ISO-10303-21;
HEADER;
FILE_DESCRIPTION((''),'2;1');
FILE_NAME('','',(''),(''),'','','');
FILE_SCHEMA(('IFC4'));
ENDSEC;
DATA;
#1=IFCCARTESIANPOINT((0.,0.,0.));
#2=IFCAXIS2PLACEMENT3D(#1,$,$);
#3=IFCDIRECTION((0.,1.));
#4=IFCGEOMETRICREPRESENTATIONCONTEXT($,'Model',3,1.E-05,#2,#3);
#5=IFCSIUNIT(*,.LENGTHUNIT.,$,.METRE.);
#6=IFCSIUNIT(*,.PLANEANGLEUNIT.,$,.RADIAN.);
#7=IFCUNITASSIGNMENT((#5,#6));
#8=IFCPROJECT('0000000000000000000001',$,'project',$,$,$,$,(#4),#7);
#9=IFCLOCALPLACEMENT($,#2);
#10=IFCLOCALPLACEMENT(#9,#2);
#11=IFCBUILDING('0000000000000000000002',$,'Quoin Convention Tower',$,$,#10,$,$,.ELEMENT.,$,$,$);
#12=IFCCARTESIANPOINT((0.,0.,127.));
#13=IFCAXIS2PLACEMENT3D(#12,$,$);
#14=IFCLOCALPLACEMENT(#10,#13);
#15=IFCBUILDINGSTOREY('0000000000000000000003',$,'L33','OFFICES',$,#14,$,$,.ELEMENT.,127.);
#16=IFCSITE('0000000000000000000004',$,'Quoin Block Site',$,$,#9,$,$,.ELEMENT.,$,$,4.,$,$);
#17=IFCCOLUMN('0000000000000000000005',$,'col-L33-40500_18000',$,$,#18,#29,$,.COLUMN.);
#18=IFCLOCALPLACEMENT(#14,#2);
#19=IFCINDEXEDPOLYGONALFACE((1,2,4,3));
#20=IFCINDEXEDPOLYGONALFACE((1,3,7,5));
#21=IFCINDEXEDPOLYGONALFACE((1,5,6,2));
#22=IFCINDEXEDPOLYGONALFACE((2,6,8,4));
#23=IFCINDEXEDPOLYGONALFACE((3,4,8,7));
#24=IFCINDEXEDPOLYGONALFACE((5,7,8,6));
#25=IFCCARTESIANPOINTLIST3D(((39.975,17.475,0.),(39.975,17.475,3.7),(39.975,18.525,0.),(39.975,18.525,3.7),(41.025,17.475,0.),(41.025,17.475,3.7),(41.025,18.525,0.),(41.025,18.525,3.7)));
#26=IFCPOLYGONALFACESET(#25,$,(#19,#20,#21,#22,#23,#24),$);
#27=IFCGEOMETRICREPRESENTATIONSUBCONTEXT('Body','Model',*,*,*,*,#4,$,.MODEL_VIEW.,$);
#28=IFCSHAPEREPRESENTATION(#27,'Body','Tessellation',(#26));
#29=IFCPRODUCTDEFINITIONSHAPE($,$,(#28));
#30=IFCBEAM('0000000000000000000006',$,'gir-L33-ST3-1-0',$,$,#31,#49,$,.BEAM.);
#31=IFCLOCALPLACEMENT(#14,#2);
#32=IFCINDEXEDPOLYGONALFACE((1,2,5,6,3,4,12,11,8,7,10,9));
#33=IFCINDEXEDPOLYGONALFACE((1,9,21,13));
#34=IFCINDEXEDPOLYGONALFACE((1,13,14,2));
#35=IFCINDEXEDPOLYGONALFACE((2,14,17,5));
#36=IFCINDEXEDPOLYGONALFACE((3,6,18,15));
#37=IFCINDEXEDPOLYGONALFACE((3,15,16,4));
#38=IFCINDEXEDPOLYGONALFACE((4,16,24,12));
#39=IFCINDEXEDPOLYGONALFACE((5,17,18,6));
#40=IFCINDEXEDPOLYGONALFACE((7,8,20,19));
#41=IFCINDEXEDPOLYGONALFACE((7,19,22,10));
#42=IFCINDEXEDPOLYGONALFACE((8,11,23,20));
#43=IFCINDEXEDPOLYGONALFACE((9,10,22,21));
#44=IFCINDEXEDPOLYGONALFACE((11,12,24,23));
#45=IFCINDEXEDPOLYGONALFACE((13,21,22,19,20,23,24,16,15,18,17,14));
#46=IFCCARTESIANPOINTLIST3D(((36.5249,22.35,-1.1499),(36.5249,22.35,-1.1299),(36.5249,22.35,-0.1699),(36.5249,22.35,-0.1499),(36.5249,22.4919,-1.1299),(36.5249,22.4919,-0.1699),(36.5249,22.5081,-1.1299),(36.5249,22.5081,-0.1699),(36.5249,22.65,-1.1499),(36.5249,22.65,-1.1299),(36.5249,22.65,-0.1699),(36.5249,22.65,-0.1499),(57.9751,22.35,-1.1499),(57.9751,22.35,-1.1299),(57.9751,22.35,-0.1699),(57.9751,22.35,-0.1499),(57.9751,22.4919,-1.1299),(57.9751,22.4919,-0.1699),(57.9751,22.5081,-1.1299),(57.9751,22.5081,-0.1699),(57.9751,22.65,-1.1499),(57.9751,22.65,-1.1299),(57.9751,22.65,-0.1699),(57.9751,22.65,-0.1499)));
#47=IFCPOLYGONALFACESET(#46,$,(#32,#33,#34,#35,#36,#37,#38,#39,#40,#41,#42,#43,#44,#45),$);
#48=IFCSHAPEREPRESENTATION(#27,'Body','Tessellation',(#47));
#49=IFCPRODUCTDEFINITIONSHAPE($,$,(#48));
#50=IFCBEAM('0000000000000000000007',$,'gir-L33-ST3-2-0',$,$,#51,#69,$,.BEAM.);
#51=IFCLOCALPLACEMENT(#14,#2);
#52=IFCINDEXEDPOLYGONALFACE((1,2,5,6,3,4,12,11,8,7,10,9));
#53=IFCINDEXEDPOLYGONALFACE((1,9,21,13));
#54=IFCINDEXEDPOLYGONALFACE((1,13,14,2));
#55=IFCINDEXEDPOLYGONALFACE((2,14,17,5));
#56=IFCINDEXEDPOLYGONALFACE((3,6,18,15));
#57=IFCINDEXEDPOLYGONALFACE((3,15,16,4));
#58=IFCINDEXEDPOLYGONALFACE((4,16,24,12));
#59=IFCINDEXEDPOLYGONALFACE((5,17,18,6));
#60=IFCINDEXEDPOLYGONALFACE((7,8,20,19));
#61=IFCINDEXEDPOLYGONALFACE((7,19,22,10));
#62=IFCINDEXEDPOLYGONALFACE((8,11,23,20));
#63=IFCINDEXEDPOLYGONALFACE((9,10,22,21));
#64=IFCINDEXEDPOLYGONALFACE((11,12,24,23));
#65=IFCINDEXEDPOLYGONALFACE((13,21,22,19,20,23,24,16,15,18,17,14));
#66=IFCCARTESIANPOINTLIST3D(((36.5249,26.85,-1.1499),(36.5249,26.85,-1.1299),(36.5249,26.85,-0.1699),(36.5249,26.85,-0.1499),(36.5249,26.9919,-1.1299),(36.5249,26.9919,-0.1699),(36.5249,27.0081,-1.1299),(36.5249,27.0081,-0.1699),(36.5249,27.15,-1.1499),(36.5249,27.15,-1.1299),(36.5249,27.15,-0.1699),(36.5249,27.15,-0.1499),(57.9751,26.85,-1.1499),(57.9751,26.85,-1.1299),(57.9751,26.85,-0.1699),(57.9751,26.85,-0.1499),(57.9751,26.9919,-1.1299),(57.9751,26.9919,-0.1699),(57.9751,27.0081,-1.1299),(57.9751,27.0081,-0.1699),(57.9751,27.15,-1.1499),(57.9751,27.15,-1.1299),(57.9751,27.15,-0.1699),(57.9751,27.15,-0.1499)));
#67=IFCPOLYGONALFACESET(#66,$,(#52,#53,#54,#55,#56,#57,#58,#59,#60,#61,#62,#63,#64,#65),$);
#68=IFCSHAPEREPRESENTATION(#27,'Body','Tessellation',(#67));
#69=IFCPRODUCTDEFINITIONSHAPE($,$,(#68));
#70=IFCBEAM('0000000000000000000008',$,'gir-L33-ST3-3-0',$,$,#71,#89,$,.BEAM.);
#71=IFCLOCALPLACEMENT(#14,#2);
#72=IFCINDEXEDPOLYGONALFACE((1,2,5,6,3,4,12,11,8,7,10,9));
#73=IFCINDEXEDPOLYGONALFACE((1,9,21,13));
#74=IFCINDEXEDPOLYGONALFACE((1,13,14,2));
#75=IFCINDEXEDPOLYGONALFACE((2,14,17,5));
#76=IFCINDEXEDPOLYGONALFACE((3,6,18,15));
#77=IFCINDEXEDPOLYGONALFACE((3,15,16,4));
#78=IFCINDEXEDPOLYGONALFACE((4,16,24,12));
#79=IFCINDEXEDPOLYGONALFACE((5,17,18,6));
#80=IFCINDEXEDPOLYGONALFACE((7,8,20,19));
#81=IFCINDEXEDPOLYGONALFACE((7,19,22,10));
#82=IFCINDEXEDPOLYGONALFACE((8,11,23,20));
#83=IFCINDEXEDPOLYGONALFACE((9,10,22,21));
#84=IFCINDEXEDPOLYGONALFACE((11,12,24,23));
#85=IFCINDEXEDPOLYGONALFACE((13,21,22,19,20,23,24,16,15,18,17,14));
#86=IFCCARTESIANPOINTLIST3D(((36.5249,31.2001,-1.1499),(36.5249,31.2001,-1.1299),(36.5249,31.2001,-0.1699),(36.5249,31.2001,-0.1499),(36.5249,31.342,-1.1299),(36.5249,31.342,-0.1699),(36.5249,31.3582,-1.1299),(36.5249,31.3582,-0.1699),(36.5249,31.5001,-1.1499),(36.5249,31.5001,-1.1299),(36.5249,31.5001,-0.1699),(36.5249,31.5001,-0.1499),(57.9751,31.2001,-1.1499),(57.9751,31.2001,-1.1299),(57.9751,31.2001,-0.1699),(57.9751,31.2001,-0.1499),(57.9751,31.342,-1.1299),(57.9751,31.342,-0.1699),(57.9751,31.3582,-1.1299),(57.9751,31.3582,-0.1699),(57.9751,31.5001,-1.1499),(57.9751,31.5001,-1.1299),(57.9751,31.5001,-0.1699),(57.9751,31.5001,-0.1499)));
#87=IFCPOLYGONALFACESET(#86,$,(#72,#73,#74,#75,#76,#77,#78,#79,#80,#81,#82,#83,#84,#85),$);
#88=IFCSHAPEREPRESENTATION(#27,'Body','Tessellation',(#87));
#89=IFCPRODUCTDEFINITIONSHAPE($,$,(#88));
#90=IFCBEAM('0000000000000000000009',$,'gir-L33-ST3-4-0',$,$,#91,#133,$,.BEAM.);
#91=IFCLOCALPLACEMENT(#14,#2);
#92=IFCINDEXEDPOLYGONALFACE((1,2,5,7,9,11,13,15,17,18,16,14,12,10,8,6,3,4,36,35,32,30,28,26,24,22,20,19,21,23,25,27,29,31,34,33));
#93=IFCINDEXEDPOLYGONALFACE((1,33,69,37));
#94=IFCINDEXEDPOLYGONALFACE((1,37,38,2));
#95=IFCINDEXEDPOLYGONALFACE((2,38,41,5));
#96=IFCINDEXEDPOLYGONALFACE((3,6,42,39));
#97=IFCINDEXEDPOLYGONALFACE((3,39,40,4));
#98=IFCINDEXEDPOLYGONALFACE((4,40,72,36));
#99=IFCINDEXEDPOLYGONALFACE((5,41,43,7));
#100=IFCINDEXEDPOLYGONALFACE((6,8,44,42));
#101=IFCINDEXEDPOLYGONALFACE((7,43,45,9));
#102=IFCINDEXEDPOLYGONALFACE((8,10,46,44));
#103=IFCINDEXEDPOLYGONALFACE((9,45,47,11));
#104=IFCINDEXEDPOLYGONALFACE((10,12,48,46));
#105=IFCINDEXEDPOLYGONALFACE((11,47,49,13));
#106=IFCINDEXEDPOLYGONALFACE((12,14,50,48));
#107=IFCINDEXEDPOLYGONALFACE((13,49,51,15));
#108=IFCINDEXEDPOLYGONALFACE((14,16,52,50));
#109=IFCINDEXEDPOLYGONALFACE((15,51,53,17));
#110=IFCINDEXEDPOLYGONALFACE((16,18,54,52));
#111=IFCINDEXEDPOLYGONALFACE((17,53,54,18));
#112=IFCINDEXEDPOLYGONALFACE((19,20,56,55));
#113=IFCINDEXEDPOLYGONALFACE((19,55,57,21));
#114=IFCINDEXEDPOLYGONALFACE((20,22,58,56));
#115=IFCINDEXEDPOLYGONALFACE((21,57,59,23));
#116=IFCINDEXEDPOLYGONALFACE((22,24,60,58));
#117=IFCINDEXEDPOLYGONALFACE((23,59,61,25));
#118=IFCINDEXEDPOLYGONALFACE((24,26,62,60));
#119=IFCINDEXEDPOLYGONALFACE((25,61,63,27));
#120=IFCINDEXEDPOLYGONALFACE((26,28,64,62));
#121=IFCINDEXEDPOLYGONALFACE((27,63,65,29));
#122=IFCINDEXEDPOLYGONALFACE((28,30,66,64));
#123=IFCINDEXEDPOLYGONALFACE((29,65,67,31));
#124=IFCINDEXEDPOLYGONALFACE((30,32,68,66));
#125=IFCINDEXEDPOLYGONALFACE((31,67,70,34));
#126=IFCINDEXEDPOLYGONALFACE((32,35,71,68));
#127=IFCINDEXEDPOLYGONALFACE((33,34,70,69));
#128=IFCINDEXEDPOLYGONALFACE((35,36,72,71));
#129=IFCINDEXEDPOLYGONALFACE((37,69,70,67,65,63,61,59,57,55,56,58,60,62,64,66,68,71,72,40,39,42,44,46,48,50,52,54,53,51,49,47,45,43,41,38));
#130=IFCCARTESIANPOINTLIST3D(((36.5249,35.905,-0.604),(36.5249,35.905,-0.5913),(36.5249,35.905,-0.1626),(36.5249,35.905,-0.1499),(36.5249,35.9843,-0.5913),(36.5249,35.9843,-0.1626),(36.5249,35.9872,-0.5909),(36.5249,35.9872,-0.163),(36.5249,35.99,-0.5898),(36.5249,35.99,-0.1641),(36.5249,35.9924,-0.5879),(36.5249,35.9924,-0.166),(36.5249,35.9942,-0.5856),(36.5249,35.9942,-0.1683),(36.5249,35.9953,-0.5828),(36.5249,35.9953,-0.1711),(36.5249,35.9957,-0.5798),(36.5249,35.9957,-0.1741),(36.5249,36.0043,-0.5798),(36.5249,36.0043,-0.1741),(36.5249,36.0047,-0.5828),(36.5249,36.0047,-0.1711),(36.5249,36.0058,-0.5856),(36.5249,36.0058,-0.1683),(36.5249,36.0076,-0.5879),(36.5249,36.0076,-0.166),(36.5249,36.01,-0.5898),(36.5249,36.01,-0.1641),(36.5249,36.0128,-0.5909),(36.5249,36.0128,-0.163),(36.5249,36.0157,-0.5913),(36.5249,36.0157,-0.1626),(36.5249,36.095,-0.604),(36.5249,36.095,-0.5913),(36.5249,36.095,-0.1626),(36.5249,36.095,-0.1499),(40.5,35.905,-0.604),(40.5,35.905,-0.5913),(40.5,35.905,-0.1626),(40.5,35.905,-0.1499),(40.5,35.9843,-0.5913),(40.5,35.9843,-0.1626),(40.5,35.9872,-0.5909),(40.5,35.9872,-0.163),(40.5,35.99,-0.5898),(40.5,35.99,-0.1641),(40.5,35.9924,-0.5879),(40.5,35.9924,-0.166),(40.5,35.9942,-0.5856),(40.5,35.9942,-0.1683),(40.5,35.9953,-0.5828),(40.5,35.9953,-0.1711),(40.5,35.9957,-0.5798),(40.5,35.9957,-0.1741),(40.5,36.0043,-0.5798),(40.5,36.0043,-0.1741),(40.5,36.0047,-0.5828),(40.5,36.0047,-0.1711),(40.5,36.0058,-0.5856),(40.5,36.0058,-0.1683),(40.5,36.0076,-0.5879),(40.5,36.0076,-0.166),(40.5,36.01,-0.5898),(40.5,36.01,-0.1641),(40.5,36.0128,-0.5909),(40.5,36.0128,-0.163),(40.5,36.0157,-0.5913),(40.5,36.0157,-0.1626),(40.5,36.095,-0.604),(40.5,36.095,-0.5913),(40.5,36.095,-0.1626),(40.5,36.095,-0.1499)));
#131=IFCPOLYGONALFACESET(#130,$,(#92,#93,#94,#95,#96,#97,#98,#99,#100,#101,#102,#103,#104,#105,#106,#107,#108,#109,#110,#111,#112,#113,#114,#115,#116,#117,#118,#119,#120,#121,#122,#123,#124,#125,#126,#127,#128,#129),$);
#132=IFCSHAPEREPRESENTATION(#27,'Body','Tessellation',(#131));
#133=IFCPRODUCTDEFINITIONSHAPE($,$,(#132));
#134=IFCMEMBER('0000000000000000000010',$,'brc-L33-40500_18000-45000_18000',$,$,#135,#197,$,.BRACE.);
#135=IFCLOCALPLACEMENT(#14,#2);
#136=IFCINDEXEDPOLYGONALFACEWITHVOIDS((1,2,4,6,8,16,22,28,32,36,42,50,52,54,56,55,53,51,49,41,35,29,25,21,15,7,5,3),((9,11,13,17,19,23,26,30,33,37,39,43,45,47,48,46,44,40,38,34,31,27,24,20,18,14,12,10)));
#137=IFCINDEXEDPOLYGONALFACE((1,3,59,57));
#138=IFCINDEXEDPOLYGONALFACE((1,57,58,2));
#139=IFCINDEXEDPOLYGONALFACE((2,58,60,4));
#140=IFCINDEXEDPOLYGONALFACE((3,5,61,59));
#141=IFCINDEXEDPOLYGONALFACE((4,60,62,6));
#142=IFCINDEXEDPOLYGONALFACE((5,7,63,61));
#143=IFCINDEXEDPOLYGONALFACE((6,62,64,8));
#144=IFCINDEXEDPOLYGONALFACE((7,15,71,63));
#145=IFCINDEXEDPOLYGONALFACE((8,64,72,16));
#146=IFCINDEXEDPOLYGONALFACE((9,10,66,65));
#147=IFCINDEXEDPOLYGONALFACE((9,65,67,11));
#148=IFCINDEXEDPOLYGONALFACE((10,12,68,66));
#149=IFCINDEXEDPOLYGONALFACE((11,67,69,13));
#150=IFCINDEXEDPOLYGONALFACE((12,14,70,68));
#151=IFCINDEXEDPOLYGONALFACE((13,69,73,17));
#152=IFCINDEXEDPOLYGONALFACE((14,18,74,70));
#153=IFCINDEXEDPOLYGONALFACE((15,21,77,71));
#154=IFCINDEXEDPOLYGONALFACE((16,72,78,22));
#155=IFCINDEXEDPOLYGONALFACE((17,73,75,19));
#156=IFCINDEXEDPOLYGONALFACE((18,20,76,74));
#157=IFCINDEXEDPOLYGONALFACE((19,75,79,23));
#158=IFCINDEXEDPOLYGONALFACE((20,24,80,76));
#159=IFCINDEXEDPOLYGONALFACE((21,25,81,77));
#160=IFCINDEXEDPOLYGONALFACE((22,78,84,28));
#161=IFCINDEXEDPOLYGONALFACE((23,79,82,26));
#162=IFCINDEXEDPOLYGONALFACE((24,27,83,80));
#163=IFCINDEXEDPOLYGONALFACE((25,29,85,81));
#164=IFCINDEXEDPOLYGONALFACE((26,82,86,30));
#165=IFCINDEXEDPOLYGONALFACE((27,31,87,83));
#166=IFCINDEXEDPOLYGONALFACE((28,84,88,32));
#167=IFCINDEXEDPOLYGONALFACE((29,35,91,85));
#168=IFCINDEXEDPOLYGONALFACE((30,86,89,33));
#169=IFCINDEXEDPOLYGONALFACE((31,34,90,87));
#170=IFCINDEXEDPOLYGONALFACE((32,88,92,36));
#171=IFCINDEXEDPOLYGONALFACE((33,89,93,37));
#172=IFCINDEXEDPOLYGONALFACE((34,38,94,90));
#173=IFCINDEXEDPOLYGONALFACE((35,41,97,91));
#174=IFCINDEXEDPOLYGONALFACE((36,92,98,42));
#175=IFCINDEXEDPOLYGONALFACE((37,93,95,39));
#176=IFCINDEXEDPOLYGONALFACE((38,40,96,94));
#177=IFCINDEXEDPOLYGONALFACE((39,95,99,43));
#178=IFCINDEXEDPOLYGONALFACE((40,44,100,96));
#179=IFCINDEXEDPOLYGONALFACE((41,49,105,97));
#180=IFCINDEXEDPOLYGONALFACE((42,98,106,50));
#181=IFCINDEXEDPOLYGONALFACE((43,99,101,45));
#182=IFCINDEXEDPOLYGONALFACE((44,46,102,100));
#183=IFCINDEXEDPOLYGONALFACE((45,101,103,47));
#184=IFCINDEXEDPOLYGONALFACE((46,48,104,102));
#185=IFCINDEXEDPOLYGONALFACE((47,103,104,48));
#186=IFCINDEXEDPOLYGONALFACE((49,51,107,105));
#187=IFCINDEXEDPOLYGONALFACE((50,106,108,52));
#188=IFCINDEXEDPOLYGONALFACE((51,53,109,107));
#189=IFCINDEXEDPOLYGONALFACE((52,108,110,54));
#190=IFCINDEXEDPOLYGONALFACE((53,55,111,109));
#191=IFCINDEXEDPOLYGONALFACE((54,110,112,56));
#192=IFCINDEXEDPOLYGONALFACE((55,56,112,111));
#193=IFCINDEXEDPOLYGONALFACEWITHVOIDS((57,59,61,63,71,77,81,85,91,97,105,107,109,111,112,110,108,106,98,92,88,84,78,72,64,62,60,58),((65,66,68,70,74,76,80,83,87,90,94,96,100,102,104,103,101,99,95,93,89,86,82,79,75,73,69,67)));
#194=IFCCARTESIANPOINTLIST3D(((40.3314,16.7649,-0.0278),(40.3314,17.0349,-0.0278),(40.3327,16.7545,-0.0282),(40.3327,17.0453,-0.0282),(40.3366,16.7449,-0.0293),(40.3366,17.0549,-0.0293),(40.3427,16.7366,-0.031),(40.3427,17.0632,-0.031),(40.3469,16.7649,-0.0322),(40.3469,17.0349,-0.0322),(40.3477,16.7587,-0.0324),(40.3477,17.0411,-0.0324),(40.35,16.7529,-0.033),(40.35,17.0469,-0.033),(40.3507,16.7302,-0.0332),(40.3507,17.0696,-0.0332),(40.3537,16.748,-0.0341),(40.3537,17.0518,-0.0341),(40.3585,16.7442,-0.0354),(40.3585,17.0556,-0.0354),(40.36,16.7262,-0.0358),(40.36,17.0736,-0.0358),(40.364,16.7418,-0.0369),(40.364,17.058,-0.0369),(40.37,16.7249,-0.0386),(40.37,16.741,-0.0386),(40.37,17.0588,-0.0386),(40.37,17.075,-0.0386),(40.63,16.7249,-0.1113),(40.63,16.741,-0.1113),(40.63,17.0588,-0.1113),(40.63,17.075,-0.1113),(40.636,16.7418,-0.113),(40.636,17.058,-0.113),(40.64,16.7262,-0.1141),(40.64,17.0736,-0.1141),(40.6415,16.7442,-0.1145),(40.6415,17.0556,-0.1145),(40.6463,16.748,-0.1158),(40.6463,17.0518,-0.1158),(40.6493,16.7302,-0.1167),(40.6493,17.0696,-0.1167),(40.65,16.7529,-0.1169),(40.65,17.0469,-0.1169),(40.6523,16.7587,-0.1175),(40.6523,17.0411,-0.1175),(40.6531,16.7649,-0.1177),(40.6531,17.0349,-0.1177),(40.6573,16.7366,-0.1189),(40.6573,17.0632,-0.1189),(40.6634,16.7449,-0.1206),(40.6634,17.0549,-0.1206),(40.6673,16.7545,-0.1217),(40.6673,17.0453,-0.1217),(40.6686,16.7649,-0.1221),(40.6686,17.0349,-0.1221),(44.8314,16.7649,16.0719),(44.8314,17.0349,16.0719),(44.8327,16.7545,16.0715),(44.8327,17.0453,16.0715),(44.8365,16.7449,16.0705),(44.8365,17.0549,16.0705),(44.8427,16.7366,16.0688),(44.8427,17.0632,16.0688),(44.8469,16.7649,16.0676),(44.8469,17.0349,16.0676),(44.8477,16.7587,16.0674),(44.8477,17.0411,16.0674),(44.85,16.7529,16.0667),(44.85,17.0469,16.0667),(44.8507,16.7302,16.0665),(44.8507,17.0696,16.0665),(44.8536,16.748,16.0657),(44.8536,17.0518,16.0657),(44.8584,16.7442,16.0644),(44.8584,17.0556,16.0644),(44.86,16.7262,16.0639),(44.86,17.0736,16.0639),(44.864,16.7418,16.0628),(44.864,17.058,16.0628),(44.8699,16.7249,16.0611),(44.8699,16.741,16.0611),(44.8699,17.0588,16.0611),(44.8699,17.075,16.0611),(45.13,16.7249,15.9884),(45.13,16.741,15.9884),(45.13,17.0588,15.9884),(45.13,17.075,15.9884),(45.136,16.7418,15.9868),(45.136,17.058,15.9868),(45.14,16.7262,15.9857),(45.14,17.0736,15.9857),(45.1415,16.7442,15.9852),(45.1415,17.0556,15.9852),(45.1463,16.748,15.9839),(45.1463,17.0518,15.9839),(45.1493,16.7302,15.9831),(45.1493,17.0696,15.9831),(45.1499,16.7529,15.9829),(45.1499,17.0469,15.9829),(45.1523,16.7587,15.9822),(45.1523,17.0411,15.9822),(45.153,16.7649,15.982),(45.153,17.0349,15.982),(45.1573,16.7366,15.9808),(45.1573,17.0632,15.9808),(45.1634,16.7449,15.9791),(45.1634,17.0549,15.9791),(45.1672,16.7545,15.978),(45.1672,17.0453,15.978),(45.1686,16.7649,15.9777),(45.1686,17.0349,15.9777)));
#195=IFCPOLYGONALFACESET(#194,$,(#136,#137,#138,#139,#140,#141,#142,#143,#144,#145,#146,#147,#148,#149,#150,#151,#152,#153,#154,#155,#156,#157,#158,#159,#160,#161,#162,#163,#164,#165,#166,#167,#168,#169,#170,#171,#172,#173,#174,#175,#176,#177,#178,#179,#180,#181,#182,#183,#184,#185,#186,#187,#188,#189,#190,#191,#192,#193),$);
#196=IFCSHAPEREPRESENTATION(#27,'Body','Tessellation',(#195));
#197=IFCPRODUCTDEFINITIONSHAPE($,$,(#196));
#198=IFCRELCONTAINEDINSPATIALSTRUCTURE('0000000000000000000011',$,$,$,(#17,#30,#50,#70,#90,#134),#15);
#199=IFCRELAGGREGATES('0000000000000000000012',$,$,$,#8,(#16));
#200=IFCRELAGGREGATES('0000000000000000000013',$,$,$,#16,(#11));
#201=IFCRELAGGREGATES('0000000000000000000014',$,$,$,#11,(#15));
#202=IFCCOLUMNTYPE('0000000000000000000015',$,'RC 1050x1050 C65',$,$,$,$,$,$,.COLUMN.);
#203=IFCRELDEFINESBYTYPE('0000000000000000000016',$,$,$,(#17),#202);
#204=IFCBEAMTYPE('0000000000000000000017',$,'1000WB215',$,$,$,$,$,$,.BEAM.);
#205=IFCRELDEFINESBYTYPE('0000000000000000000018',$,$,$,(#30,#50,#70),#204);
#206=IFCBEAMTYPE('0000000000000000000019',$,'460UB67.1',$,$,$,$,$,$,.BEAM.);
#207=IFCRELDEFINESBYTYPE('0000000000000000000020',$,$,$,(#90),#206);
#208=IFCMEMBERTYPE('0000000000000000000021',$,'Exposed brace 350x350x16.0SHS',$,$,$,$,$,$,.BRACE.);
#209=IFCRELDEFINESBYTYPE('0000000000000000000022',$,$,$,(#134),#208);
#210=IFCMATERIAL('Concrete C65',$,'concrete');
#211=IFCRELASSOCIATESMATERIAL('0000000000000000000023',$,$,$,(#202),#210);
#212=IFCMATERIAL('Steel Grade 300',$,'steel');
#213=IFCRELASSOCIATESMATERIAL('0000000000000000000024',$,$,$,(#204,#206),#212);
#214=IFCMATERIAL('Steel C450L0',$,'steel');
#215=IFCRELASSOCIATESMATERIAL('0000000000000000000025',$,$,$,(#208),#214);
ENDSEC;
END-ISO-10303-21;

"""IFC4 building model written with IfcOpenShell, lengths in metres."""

from ifc_helpers import new_model, si_unit, direction, frame, origin, origin_2d, place, context, subcontext, project, spatial, rectangle, hollow_rectangle, i_section, extrude, material, material_profile, profile_set, type_object, element, save


model = new_model("IFC4")

# Units and contexts
model_context = context("Model", 3, precision=1e-05, world=origin(), true_north=direction((0.0, 1.0)))
body_context = subcontext(model_context, "Body", "Model", "MODEL_VIEW")
ifc_project = project(units=[si_unit("LENGTHUNIT", "METRE"), si_unit("PLANEANGLEUNIT", "RADIAN")], contexts=[model_context])

# Site, building, storey
site_placement = place(None, origin())
site = spatial("IfcSite", under=ifc_project, at=site_placement, Name="Quoin Block Site", CompositionType="ELEMENT", RefElevation=4.0)
building_placement = place(site_placement, origin())
building = spatial("IfcBuilding", under=site, at=building_placement, Name="Quoin Convention Tower", CompositionType="ELEMENT")
storey_placement = place(building_placement, frame((0.0, 0.0, 127.0)))
storey = spatial("IfcBuildingStorey", under=building, at=storey_placement, Name="L33", Description="OFFICES", CompositionType="ELEMENT", Elevation=127.0)

# Column
ifc_material_1 = material(Name="Concrete C65", Category="concrete")
ifc_material_profile_1 = material_profile(ifc_material_1, rectangle(XDim=1.05, YDim=1.05, at=origin_2d()), Name="RC 1050x1050")
ifc_profile_set_1 = profile_set([ifc_material_profile_1], Name="Concrete C65")
column_type = type_object("IfcColumnType", Name="RC 1050x1050 C65", PredefinedType="COLUMN", material=ifc_profile_set_1)
column_placement = place(storey_placement, frame((40.5, 18.0, 0.0), z_axis=(0.0, 0.0, 1.0), x_axis=(1.0, 0.0, 0.0)))
element("IfcColumn", 1, at=column_placement, inside=storey, type_object=column_type, Name="col-L33-40500_18000", PredefinedType="COLUMN", context=body_context, shape_type="SweptSolid", body=[
    extrude(rectangle(XDim=1.05, YDim=1.05, at=origin_2d()), origin(), (0.0, 0.0, 1.0), 3.7),
])

# Beams
ifc_material_2 = material(Name="Steel Grade 300", Category="steel")
ifc_material_profile_2 = material_profile(ifc_material_2, i_section(OverallWidth=0.3, OverallDepth=1.0, WebThickness=0.0161, FlangeThickness=0.02, at=origin_2d()), Name="1000WB215")
ifc_profile_set_2 = profile_set([ifc_material_profile_2], Name="Steel Grade 300")
beam_type_1 = type_object("IfcBeamType", Name="1000WB215", PredefinedType="BEAM", material=ifc_profile_set_2)
for number, where, z_axis, x_axis, name in (
    (2, (36.5249, 22.5, -0.6499), (1.0, 0.0, 0.0), (0.0, 1.0, 0.0), "gir-L33-ST3-1-0"),
    (3, (36.5249, 27.0, -0.6499), (1.0, 0.0, 0.0), (0.0, 1.0, 0.0), "gir-L33-ST3-2-0"),
    (4, (36.5249, 31.3501, -0.6499), (1.0, 0.0, 0.0), (0.0, 1.0, 0.0), "gir-L33-ST3-3-0"),
):
    element("IfcBeam", number, at=place(storey_placement, frame(where, z_axis=z_axis, x_axis=x_axis)), inside=storey, type_object=beam_type_1, Name=name, PredefinedType="BEAM", context=body_context, shape_type="SweptSolid", body=[
        extrude(i_section(OverallWidth=0.3, OverallDepth=1.0, WebThickness=0.0161, FlangeThickness=0.02, at=origin_2d()), origin(), (0.0, 0.0, 1.0), 21.4502),
    ])
ifc_material_profile_3 = material_profile(ifc_material_2, i_section(OverallWidth=0.1899, OverallDepth=0.4541, WebThickness=0.0085, FlangeThickness=0.0127, FilletRadius=0.0115, at=origin_2d()), Name="460UB67.1")
ifc_profile_set_3 = profile_set([ifc_material_profile_3], Name="Steel Grade 300")
beam_type_2 = type_object("IfcBeamType", Name="460UB67.1", PredefinedType="BEAM", material=ifc_profile_set_3)
beam_1_placement = place(storey_placement, frame((36.5249, 36.0, -0.377), z_axis=(1.0, 0.0, 0.0), x_axis=(0.0, 1.0, 0.0)))
element("IfcBeam", 5, at=beam_1_placement, inside=storey, type_object=beam_type_2, Name="gir-L33-ST3-4-0", PredefinedType="BEAM", context=body_context, shape_type="SweptSolid", body=[
    extrude(i_section(OverallWidth=0.1899, OverallDepth=0.4541, WebThickness=0.0085, FlangeThickness=0.0127, FilletRadius=0.0115, at=origin_2d()), origin(), (0.0, 0.0, 1.0), 3.9751),
])

# Member
ifc_material_3 = material(Name="Steel C450L0", Category="steel")
ifc_material_profile_4 = material_profile(ifc_material_3, hollow_rectangle(XDim=0.3501, YDim=0.3501, WallThickness=0.0161, InnerFilletRadius=0.0239, OuterFilletRadius=0.04, at=origin_2d()), Name="350x350x16.0SHS")
ifc_profile_set_4 = profile_set([ifc_material_profile_4], Name="Steel C450L0")
member_type = type_object("IfcMemberType", Name="Exposed brace 350x350x16.0SHS", PredefinedType="BRACE", material=ifc_profile_set_4)
member_placement = place(storey_placement, frame((40.5, 16.8999, -0.075), z_axis=(0.269188, 0.0, 0.963088), x_axis=(0.0, 1.0, 0.0)))
element("IfcMember", 6, at=member_placement, inside=storey, type_object=member_type, Name="brc-L33-40500_18000-45000_18000", PredefinedType="BRACE", context=body_context, shape_type="SweptSolid", body=[
    extrude(hollow_rectangle(XDim=0.3501, YDim=0.3501, WallThickness=0.0161, InnerFilletRadius=0.0239, OuterFilletRadius=0.04, at=origin_2d()), origin(), (0.0, 0.0, 1.0), 16.7168),
])

save(model, "model.ifc")
